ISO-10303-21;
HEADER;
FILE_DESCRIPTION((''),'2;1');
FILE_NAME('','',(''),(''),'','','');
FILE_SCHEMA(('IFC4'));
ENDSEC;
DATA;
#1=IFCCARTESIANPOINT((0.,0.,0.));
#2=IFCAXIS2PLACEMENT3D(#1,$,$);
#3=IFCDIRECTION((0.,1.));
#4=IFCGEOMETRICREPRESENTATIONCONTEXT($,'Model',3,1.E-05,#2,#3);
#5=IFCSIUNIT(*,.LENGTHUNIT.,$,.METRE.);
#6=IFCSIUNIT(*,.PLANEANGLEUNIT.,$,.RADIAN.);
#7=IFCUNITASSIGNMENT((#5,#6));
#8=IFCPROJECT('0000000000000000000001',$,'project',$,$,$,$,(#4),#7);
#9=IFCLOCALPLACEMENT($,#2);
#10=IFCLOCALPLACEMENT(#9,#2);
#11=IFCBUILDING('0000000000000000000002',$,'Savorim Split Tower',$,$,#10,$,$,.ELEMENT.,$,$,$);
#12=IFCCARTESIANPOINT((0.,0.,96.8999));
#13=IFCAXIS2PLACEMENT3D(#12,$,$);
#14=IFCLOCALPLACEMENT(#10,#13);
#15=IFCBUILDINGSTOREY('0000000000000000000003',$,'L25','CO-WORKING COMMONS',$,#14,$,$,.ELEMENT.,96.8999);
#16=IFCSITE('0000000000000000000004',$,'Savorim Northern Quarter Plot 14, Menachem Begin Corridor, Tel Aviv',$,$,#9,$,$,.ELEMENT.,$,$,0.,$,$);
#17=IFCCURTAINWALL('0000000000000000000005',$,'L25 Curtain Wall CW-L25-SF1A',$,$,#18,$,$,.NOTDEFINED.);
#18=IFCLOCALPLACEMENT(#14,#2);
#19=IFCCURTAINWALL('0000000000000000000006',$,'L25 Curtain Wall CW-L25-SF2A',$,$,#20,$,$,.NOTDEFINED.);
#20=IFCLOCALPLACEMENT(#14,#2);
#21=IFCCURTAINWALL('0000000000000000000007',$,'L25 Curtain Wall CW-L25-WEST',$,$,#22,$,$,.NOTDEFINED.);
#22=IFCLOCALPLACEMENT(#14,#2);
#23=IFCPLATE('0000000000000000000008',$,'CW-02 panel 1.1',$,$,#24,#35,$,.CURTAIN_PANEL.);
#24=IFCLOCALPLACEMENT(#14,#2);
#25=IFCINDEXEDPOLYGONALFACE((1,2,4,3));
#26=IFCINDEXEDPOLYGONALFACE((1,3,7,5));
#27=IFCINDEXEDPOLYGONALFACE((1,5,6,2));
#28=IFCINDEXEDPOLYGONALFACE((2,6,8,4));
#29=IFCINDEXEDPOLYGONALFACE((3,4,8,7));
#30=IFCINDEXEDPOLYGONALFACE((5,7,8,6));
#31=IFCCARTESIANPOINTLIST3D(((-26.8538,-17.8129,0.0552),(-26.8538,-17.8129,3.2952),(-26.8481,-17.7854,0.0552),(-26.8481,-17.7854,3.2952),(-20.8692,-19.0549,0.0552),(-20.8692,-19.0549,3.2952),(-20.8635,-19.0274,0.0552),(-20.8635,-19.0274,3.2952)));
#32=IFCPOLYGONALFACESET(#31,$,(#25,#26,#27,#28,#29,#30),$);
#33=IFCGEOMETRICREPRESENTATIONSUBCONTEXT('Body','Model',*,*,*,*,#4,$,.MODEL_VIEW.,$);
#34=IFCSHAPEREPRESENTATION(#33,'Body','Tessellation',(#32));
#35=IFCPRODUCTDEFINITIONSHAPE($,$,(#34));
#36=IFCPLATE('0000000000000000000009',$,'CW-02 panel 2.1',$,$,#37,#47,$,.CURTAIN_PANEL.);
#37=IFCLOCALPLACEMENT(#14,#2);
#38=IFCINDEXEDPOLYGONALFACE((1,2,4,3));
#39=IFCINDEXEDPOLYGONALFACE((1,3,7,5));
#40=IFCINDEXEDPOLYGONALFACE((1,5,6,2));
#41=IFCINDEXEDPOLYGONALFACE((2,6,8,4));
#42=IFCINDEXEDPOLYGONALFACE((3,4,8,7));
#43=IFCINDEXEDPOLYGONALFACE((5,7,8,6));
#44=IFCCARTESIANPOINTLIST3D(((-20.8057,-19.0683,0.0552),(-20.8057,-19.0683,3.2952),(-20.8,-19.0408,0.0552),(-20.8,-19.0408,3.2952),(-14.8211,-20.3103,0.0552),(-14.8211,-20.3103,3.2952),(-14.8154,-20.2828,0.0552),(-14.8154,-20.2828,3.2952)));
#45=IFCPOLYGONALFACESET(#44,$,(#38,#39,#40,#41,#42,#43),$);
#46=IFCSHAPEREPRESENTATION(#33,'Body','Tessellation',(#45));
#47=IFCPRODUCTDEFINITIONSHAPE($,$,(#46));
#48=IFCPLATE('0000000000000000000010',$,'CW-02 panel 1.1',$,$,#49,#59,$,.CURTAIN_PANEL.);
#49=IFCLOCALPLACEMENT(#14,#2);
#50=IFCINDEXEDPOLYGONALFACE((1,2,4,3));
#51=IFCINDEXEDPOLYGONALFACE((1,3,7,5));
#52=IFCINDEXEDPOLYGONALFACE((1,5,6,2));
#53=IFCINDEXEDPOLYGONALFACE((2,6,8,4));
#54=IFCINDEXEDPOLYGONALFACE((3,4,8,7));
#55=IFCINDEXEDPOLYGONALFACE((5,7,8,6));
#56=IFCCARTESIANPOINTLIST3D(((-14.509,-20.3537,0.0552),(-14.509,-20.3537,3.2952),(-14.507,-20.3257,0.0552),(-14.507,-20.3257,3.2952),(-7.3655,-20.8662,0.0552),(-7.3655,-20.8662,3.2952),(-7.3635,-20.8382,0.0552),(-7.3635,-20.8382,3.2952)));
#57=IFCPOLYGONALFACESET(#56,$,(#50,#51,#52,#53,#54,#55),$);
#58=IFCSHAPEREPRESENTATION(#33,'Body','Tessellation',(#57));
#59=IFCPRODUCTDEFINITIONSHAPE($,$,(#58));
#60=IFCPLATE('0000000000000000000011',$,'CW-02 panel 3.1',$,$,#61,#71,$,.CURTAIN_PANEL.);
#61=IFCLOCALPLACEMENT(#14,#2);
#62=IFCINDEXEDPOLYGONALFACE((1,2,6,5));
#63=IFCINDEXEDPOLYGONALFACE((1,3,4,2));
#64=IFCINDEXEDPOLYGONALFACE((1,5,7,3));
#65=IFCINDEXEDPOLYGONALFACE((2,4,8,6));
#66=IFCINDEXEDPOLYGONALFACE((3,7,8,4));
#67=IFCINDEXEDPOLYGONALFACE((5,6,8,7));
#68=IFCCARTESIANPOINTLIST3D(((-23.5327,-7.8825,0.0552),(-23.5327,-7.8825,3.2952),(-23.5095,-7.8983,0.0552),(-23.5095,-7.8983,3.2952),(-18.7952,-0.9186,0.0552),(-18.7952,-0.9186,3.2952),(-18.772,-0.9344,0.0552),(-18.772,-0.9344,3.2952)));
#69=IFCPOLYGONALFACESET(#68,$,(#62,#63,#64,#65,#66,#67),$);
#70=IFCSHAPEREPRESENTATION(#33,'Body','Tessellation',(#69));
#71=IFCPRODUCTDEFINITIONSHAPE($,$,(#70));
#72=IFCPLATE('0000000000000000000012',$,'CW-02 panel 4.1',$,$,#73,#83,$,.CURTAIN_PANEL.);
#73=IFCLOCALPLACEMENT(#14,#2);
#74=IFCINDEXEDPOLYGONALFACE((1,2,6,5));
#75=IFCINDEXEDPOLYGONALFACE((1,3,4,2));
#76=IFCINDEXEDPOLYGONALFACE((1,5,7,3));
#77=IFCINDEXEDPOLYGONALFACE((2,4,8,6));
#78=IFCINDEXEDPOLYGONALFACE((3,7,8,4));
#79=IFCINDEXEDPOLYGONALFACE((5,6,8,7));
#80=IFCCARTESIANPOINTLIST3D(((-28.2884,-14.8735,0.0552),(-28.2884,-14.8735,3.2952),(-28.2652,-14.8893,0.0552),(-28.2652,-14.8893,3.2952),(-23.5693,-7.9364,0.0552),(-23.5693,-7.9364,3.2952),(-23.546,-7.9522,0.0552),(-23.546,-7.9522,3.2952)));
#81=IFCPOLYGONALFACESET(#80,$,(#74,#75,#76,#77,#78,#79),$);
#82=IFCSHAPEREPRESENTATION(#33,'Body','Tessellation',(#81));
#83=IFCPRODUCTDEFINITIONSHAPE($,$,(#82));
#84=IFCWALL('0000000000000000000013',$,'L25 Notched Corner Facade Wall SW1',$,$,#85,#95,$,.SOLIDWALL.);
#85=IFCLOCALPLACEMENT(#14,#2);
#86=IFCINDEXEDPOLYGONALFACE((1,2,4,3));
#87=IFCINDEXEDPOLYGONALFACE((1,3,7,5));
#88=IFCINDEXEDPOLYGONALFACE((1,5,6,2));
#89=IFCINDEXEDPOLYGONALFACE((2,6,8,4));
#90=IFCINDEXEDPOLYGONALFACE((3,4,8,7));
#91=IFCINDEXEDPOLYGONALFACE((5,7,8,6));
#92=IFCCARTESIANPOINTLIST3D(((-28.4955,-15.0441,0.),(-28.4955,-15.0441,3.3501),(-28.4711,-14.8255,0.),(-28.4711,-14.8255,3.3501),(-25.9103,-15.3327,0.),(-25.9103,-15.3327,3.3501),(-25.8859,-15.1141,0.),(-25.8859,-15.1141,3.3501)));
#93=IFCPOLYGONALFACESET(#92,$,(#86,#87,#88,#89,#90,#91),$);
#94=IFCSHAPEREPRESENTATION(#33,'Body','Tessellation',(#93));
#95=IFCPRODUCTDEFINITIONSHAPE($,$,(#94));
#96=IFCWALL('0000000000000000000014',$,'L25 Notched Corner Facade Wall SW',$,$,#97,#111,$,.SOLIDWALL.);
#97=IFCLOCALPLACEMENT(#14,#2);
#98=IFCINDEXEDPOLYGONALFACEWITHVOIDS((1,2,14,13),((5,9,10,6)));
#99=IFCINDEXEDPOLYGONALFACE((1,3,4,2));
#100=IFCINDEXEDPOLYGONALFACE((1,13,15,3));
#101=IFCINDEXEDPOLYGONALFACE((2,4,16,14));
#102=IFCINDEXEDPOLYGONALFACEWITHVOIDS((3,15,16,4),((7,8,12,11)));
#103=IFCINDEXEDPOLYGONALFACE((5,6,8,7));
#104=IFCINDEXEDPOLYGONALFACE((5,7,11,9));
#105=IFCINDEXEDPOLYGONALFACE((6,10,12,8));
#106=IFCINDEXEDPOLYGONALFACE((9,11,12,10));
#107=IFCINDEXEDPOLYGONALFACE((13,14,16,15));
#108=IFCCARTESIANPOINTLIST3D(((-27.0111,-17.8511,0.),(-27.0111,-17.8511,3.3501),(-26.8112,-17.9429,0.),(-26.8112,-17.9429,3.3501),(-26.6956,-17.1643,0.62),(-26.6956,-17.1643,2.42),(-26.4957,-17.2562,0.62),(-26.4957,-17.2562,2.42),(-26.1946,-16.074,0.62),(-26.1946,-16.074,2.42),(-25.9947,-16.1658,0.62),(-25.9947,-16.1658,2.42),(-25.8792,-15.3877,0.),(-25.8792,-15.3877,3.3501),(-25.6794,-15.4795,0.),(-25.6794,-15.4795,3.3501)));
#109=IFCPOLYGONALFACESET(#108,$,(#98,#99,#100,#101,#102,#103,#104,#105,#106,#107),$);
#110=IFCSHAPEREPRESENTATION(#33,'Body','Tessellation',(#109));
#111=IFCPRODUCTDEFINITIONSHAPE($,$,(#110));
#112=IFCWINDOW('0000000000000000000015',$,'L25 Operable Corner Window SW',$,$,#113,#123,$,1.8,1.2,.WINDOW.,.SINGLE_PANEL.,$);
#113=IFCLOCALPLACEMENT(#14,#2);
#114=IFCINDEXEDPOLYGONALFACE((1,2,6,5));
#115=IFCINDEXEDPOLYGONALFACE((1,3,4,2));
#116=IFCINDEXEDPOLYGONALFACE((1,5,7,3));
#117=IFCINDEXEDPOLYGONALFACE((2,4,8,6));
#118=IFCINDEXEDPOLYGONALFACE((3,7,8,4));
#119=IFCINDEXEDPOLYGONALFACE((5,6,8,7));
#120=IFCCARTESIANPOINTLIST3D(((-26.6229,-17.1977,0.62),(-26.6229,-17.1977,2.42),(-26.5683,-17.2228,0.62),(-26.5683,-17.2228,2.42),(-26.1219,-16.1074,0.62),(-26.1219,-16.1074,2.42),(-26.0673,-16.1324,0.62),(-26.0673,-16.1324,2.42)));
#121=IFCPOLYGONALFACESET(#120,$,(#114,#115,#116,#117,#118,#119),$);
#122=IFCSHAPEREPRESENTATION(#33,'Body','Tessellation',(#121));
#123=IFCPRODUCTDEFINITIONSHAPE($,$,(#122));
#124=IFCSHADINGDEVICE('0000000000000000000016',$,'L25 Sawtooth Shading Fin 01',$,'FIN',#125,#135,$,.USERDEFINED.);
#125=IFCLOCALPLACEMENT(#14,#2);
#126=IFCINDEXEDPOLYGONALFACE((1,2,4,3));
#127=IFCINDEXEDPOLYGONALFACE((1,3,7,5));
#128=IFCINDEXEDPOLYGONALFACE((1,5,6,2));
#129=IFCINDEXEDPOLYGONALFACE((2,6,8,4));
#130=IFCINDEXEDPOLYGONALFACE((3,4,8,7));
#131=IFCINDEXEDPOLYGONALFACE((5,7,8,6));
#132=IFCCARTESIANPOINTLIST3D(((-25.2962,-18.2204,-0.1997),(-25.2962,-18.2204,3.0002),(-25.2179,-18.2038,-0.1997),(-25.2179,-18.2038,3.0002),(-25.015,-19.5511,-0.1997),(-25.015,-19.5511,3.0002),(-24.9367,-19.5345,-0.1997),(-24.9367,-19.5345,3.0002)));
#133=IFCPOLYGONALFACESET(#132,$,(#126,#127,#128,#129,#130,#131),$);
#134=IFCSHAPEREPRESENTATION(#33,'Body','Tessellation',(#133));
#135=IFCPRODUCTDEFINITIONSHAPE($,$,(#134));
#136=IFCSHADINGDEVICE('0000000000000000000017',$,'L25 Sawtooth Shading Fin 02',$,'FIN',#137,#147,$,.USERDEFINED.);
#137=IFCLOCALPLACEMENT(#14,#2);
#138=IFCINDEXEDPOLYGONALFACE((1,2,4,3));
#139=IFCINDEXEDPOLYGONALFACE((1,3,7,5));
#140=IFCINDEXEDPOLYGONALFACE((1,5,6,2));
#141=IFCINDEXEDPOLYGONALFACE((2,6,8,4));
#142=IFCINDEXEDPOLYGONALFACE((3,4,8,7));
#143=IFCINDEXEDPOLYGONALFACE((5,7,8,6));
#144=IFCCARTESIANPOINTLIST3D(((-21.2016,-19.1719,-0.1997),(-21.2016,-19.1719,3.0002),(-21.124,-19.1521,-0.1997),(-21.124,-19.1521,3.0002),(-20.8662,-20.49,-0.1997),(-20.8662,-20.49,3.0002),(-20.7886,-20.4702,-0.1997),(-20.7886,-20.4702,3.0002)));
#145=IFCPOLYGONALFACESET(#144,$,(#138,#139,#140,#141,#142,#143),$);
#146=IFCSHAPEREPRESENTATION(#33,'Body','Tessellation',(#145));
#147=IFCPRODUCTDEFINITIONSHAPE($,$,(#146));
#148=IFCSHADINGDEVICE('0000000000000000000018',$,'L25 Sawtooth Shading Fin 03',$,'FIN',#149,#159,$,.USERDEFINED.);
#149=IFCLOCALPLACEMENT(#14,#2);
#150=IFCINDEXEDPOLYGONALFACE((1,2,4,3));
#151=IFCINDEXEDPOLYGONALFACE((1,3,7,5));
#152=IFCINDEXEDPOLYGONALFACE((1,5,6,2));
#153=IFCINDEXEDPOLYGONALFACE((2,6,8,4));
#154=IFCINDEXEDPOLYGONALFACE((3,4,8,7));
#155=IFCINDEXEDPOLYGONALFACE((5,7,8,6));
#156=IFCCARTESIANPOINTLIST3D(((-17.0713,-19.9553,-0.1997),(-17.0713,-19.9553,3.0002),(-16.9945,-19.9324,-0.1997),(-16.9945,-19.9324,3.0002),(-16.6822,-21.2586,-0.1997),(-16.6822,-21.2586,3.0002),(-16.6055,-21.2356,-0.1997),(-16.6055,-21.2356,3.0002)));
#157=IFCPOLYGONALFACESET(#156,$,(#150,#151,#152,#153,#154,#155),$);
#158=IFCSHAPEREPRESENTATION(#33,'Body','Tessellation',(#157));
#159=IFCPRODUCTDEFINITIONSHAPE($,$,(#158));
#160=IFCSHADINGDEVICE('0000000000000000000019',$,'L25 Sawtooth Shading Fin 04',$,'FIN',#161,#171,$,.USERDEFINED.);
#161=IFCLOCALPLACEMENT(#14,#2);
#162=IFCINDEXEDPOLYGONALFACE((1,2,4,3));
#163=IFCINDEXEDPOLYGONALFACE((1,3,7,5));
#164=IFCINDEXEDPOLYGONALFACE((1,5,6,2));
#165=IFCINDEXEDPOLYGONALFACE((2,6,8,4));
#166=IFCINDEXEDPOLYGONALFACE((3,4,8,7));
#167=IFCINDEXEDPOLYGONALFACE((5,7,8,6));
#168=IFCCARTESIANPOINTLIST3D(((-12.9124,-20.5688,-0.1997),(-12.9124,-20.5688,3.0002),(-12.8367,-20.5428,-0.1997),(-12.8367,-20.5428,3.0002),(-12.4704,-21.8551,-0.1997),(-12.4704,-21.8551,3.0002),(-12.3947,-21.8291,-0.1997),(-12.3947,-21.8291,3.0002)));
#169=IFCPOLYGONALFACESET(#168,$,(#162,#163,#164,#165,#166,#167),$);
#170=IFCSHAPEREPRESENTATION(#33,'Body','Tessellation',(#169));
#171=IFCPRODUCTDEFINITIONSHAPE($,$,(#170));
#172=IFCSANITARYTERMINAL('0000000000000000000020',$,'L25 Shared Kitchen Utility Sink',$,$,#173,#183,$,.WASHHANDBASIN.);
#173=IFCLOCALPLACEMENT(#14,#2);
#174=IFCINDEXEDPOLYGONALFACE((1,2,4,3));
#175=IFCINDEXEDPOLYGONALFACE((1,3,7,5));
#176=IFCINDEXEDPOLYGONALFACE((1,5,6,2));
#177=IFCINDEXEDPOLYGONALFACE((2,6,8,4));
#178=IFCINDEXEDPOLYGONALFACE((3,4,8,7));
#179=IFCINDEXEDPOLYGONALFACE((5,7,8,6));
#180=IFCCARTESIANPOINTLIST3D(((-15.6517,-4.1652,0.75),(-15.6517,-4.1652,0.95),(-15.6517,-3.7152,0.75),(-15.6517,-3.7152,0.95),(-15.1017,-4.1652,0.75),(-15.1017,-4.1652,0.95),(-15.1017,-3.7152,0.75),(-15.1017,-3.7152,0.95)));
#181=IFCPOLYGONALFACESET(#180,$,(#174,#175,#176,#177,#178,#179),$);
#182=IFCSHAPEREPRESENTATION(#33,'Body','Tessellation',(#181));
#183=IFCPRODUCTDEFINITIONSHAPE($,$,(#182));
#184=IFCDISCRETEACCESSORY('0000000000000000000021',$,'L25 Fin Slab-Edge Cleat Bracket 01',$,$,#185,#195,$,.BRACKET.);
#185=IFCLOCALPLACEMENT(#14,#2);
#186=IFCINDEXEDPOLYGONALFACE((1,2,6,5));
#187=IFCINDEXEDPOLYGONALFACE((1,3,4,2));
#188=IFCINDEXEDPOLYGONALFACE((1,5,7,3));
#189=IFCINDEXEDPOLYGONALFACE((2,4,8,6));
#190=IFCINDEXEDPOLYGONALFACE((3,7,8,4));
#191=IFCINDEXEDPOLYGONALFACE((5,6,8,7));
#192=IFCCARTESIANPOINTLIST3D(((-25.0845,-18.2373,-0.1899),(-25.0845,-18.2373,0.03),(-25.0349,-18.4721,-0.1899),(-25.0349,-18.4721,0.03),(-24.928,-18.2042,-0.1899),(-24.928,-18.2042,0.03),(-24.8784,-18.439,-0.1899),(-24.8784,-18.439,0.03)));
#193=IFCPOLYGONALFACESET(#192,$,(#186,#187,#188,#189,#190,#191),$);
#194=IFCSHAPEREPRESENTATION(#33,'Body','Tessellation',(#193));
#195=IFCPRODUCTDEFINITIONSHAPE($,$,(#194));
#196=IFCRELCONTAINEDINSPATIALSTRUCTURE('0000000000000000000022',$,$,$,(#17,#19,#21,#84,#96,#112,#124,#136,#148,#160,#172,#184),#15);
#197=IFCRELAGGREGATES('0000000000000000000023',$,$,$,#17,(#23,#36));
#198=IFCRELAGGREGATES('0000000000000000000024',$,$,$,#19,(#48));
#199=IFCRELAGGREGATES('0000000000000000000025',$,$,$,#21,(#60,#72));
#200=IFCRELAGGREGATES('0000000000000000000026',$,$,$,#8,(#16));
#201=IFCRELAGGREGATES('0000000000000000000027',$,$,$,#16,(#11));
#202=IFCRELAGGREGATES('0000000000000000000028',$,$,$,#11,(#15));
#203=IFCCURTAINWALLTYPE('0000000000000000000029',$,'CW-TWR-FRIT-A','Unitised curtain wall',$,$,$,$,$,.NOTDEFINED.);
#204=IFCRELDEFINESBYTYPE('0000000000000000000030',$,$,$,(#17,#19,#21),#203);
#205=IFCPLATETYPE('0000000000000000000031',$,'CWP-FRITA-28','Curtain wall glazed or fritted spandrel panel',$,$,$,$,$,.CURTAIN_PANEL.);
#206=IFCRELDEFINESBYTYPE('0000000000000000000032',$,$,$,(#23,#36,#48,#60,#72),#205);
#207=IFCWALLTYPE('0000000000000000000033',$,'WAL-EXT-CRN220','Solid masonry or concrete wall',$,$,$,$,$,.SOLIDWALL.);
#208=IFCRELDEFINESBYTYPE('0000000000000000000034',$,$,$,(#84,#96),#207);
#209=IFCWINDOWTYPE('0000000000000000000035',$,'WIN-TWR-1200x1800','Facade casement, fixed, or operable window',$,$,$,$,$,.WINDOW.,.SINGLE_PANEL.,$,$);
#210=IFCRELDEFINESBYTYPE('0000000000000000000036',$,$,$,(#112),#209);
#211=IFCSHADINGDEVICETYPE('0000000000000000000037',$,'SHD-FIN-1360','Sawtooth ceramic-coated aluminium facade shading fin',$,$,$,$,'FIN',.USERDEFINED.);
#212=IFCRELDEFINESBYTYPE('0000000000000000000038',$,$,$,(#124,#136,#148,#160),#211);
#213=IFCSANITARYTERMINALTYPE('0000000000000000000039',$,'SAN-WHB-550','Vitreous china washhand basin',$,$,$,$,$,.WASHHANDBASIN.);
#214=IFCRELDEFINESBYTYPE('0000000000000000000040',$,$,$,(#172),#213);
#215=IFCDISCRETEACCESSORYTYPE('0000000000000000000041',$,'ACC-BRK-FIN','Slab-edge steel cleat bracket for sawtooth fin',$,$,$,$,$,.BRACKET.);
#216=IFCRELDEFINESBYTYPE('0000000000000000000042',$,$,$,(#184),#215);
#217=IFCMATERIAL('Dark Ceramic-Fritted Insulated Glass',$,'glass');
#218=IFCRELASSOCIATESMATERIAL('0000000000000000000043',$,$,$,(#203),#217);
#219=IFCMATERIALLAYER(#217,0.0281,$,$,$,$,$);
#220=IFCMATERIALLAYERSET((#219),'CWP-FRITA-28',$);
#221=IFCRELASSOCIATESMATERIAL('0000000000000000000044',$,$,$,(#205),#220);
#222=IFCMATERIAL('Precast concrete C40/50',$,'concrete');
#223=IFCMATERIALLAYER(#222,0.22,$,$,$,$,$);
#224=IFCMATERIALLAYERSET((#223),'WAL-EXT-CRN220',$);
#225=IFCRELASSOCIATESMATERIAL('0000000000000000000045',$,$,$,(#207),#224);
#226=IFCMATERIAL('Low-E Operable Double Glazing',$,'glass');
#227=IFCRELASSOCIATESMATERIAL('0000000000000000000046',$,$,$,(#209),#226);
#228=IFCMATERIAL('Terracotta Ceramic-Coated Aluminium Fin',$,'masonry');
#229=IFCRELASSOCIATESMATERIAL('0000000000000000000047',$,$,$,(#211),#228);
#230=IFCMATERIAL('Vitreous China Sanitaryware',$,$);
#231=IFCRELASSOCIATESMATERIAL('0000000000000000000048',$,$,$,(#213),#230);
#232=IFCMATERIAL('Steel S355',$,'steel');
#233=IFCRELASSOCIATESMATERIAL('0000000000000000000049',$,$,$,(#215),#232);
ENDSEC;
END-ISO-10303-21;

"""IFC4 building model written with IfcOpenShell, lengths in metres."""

from ifc_helpers import new_model, si_unit, direction, frame, frame_2d, origin, origin_2d, place, context, subcontext, project, spatial, rectangle, extrude, material, layer, layer_set, type_object, element, fill, aggregate, save


model = new_model("IFC4")

# Units and contexts
model_context = context("Model", 3, precision=1e-05, world=origin(), true_north=direction((0.0, 1.0)))
body_context = subcontext(model_context, "Body", "Model", "MODEL_VIEW")
ifc_project = project(units=[si_unit("LENGTHUNIT", "METRE"), si_unit("PLANEANGLEUNIT", "RADIAN")], contexts=[model_context])

# Site, building, storey
site_placement = place(None, origin())
site = spatial("IfcSite", under=ifc_project, at=site_placement, Name="Savorim Northern Quarter Plot 14, Menachem Begin Corridor, Tel Aviv", CompositionType="ELEMENT", RefElevation=0.0)
building_placement = place(site_placement, origin())
building = spatial("IfcBuilding", under=site, at=building_placement, Name="Savorim Split Tower", CompositionType="ELEMENT")
storey_placement = place(building_placement, frame((0.0, 0.0, 96.8999)))
storey = spatial("IfcBuildingStorey", under=building, at=storey_placement, Name="L25", Description="CO-WORKING COMMONS", CompositionType="ELEMENT", Elevation=96.8999)

# Shared definitions
ifc_material_1 = material(Name="Steel S355", Category="steel")

# Curtain wall
ifc_material_2 = material(Name="Dark Ceramic-Fritted Insulated Glass", Category="glass")
curtain_wall_type = type_object("IfcCurtainWallType", Name="CW-TWR-FRIT-A", Description="Unitised curtain wall", PredefinedType="NOTDEFINED", material=ifc_material_2)
curtain_wall_1_placement = place(storey_placement, origin())
curtain_wall_1 = element("IfcCurtainWall", 1, at=curtain_wall_1_placement, inside=storey, type_object=curtain_wall_type, Name="L25 Curtain Wall CW-L25-SF1A", PredefinedType="NOTDEFINED")

# Curtain wall
curtain_wall_2_placement = place(storey_placement, origin())
curtain_wall_2 = element("IfcCurtainWall", 2, at=curtain_wall_2_placement, inside=storey, type_object=curtain_wall_type, Name="L25 Curtain Wall CW-L25-SF2A", PredefinedType="NOTDEFINED")

# Curtain wall
curtain_wall_3_placement = place(storey_placement, origin())
curtain_wall_3 = element("IfcCurtainWall", 3, at=curtain_wall_3_placement, inside=storey, type_object=curtain_wall_type, Name="L25 Curtain Wall CW-L25-WEST", PredefinedType="NOTDEFINED")

# Plates
ifc_layer_1 = layer(ifc_material_2, 0.0281)
ifc_layer_set_1 = layer_set([ifc_layer_1], Name="CWP-FRITA-28")
plate_type = type_object("IfcPlateType", Name="CWP-FRITA-28", Description="Curtain wall glazed or fritted spandrel panel", PredefinedType="CURTAIN_PANEL", material=ifc_layer_set_1)
plate_1_placement = place(storey_placement, frame((-23.8586, -18.4202, 0.0552), z_axis=(0.0, 0.0, 1.0), x_axis=(0.979135, -0.203212, 0.0)))
plate_1 = element("IfcPlate", 4, at=plate_1_placement, type_object=plate_type, Name="CW-02 panel 1.1", PredefinedType="CURTAIN_PANEL", context=body_context, shape_type="SweptSolid", body=[
    extrude(rectangle(XDim=6.1121, YDim=0.0281, at=origin_2d()), origin(), (0.0, 0.0, 1.0), 3.24),
])
plate_2_placement = place(storey_placement, frame((-17.8105, -19.6755, 0.0552), z_axis=(0.0, 0.0, 1.0), x_axis=(0.979135, -0.203212, 0.0)))
plate_2 = element("IfcPlate", 5, at=plate_2_placement, type_object=plate_type, Name="CW-02 panel 2.1", PredefinedType="CURTAIN_PANEL", context=body_context, shape_type="SweptSolid", body=[
    extrude(rectangle(XDim=6.1121, YDim=0.0281, at=origin_2d()), origin(), (0.0, 0.0, 1.0), 3.24),
])
aggregate(curtain_wall_1, [plate_1, plate_2])
plate_3_placement = place(storey_placement, frame((-10.9363, -20.5959, 0.0552), z_axis=(0.0, 0.0, 1.0), x_axis=(0.997436, -0.071562, 0.0)))
plate_3 = element("IfcPlate", 6, at=plate_3_placement, type_object=plate_type, Name="CW-02 panel 1.1", PredefinedType="CURTAIN_PANEL", context=body_context, shape_type="SweptSolid", body=[
    extrude(rectangle(XDim=7.1619, YDim=0.0281, at=origin_2d()), origin(), (0.0, 0.0, 1.0), 3.24),
])
aggregate(curtain_wall_2, [plate_3])
plate_4_placement = place(storey_placement, frame((-21.1523, -4.4084, 0.0552), z_axis=(0.0, 0.0, 1.0), x_axis=(-0.562468, -0.826819, 0.0)))
plate_4 = element("IfcPlate", 7, at=plate_4_placement, type_object=plate_type, Name="CW-02 panel 3.1", PredefinedType="CURTAIN_PANEL", context=body_context, shape_type="SweptSolid", body=[
    extrude(rectangle(XDim=8.4226, YDim=0.0281, at=origin_2d()), origin(), (0.0, 0.0, 1.0), 3.24),
])
plate_5_placement = place(storey_placement, frame((-25.9172, -11.4128, 0.0552), z_axis=(0.0, 0.0, 1.0), x_axis=(-0.562468, -0.826819, 0.0)))
plate_5 = element("IfcPlate", 8, at=plate_5_placement, type_object=plate_type, Name="CW-02 panel 4.1", PredefinedType="CURTAIN_PANEL", context=body_context, shape_type="SweptSolid", body=[
    extrude(rectangle(XDim=8.3901, YDim=0.0281, at=origin_2d()), origin(), (0.0, 0.0, 1.0), 3.24),
])
aggregate(curtain_wall_3, [plate_4, plate_5])

# Wall
ifc_material_3 = material(Name="Precast concrete C40/50", Category="concrete")
ifc_layer_2 = layer(ifc_material_3, 0.22)
ifc_layer_set_2 = layer_set([ifc_layer_2], Name="WAL-EXT-CRN220")
wall_type = type_object("IfcWallType", Name="WAL-EXT-CRN220", Description="Solid masonry or concrete wall", PredefinedType="SOLIDWALL", material=ifc_layer_set_2)
wall_1_placement = place(storey_placement, frame((-25.8979, -15.2234, 0.0), z_axis=(0.0, 0.0, 1.0), x_axis=(-0.993828, 0.110936, 0.0)))
element("IfcWall", 9, at=wall_1_placement, inside=storey, type_object=wall_type, Name="L25 Notched Corner Facade Wall SW1", PredefinedType="SOLIDWALL", context=body_context, shape_type="SweptSolid", body=[
    extrude(rectangle(XDim=2.6013, YDim=0.22, at=frame_2d((1.3008, 0.0))), origin(), (0.0, 0.0, 1.0), 3.3501),
])

# Wall, opening, window
wall_2_placement = place(storey_placement, frame((-26.9111, -17.897, 0.0), z_axis=(0.0, 0.0, 1.0), x_axis=(0.417504, 0.908675, 0.0)))
wall_2 = element("IfcWall", 10, at=wall_2_placement, inside=storey, type_object=wall_type, Name="L25 Notched Corner Facade Wall SW", PredefinedType="SOLIDWALL", context=body_context, shape_type="SweptSolid", body=[
    extrude(rectangle(XDim=2.7109, YDim=0.22, at=frame_2d((1.3555, 0.0))), origin(), (0.0, 0.0, 1.0), 3.3501),
])
opening_placement = place(wall_2_placement, frame((0.7556, 0.0, 0.6201)))
opening = element("IfcOpeningElement", 11, at=opening_placement, cuts=wall_2, PredefinedType="OPENING", context=body_context, shape_type="SweptSolid", body=[
    extrude(rectangle(XDim=1.2, YDim=1.8, at=frame_2d((0.6001, 0.8999))), frame((0.0, 0.1199, 0.0), z_axis=(0.0, -1.0, 0.0), x_axis=(1.0, 0.0, 0.0)), (0.0, 0.0, 1.0), 0.24),
])
ifc_material_4 = material(Name="Low-E Operable Double Glazing", Category="glass")
window_type = type_object("IfcWindowType", Name="WIN-TWR-1200x1800", Description="Facade casement, fixed, or operable window", PartitioningType="SINGLE_PANEL", PredefinedType="WINDOW", material=ifc_material_4)
window_placement = place(opening_placement, origin())
window = element("IfcWindow", 12, at=window_placement, inside=storey, type_object=window_type, Name="L25 Operable Corner Window SW", OverallHeight=1.8, OverallWidth=1.2, PartitioningType="SINGLE_PANEL", PredefinedType="WINDOW", context=body_context, shape_type="SweptSolid", body=[
    extrude(rectangle(XDim=1.2, YDim=1.8, at=frame_2d((0.6001, 0.8999))), frame((0.0, 0.03, 0.0), z_axis=(0.0, -1.0, 0.0), x_axis=(1.0, 0.0, 0.0)), (0.0, 0.0, 1.0), 0.0601),
])
fill(opening, window)

# Shading devices
ifc_material_5 = material(Name="Terracotta Ceramic-Coated Aluminium Fin", Category="masonry")
shading_device_type = type_object("IfcShadingDeviceType", Name="SHD-FIN-1360", Description="Sawtooth ceramic-coated aluminium facade shading fin", ElementType="FIN", PredefinedType="USERDEFINED", material=ifc_material_5)
for number, where, z_axis, x_axis, name in (
    (13, (-25.1165, -18.8774, -0.1997), (0.0, 0.0, 1.0), (0.206722, -0.9784, 0.0), "L25 Sawtooth Shading Fin 01"),
    (14, (-20.9951, -19.821, -0.1997), (0.0, 0.0, 1.0), (0.246581, -0.969122, 0.0), "L25 Sawtooth Shading Fin 02"),
    (15, (-16.8384, -20.5955, -0.1997), (0.0, 0.0, 1.0), (0.286026, -0.958222, 0.0), "L25 Sawtooth Shading Fin 03"),
    (16, (-12.6536, -21.199, -0.1997), (0.0, 0.0, 1.0), (0.324994, -0.945716, 0.0), "L25 Sawtooth Shading Fin 04"),
):
    element("IfcShadingDevice", number, at=place(storey_placement, frame(where, z_axis=z_axis, x_axis=x_axis)), inside=storey, type_object=shading_device_type, Name=name, ObjectType="FIN", PredefinedType="USERDEFINED", context=body_context, shape_type="SweptSolid", body=[
        extrude(rectangle(XDim=1.3601, YDim=0.0801, at=origin_2d()), origin(), (0.0, 0.0, 1.0), 3.2),
    ])

# Sanitary terminal
ifc_material_6 = material(Name="Vitreous China Sanitaryware")
sanitary_terminal_type = type_object("IfcSanitaryTerminalType", Name="SAN-WHB-550", Description="Vitreous china washhand basin", PredefinedType="WASHHANDBASIN", material=ifc_material_6)
sanitary_terminal_placement = place(storey_placement, frame((-15.3767, -3.9402, 0.75), z_axis=(0.0, 0.0, 1.0), x_axis=(1.0, 0.0, 0.0)))
element("IfcSanitaryTerminal", 17, at=sanitary_terminal_placement, inside=storey, type_object=sanitary_terminal_type, Name="L25 Shared Kitchen Utility Sink", PredefinedType="WASHHANDBASIN", context=body_context, shape_type="SweptSolid", body=[
    extrude(rectangle(XDim=0.55, YDim=0.45, at=origin_2d()), origin(), (0.0, 0.0, 1.0), 0.2),
])

# Discrete accessory
discrete_accessory_type = type_object("IfcDiscreteAccessoryType", Name="ACC-BRK-FIN", Description="Slab-edge steel cleat bracket for sawtooth fin", PredefinedType="BRACKET", material=ifc_material_1)
for number, where, z_axis, x_axis, name in (
    (18, (-24.9814, -18.3381, -0.1899), (0.0, 0.0, 1.0), (0.206722, -0.9784, 0.0), "L25 Fin Slab-Edge Cleat Bracket 01"),
):
    element("IfcDiscreteAccessory", number, at=place(storey_placement, frame(where, z_axis=z_axis, x_axis=x_axis)), inside=storey, type_object=discrete_accessory_type, Name=name, PredefinedType="BRACKET", context=body_context, shape_type="SweptSolid", body=[
        extrude(rectangle(XDim=0.24, YDim=0.1599, at=origin_2d()), origin(), (0.0, 0.0, 1.0), 0.22),
    ])

save(model, "model.ifc")
